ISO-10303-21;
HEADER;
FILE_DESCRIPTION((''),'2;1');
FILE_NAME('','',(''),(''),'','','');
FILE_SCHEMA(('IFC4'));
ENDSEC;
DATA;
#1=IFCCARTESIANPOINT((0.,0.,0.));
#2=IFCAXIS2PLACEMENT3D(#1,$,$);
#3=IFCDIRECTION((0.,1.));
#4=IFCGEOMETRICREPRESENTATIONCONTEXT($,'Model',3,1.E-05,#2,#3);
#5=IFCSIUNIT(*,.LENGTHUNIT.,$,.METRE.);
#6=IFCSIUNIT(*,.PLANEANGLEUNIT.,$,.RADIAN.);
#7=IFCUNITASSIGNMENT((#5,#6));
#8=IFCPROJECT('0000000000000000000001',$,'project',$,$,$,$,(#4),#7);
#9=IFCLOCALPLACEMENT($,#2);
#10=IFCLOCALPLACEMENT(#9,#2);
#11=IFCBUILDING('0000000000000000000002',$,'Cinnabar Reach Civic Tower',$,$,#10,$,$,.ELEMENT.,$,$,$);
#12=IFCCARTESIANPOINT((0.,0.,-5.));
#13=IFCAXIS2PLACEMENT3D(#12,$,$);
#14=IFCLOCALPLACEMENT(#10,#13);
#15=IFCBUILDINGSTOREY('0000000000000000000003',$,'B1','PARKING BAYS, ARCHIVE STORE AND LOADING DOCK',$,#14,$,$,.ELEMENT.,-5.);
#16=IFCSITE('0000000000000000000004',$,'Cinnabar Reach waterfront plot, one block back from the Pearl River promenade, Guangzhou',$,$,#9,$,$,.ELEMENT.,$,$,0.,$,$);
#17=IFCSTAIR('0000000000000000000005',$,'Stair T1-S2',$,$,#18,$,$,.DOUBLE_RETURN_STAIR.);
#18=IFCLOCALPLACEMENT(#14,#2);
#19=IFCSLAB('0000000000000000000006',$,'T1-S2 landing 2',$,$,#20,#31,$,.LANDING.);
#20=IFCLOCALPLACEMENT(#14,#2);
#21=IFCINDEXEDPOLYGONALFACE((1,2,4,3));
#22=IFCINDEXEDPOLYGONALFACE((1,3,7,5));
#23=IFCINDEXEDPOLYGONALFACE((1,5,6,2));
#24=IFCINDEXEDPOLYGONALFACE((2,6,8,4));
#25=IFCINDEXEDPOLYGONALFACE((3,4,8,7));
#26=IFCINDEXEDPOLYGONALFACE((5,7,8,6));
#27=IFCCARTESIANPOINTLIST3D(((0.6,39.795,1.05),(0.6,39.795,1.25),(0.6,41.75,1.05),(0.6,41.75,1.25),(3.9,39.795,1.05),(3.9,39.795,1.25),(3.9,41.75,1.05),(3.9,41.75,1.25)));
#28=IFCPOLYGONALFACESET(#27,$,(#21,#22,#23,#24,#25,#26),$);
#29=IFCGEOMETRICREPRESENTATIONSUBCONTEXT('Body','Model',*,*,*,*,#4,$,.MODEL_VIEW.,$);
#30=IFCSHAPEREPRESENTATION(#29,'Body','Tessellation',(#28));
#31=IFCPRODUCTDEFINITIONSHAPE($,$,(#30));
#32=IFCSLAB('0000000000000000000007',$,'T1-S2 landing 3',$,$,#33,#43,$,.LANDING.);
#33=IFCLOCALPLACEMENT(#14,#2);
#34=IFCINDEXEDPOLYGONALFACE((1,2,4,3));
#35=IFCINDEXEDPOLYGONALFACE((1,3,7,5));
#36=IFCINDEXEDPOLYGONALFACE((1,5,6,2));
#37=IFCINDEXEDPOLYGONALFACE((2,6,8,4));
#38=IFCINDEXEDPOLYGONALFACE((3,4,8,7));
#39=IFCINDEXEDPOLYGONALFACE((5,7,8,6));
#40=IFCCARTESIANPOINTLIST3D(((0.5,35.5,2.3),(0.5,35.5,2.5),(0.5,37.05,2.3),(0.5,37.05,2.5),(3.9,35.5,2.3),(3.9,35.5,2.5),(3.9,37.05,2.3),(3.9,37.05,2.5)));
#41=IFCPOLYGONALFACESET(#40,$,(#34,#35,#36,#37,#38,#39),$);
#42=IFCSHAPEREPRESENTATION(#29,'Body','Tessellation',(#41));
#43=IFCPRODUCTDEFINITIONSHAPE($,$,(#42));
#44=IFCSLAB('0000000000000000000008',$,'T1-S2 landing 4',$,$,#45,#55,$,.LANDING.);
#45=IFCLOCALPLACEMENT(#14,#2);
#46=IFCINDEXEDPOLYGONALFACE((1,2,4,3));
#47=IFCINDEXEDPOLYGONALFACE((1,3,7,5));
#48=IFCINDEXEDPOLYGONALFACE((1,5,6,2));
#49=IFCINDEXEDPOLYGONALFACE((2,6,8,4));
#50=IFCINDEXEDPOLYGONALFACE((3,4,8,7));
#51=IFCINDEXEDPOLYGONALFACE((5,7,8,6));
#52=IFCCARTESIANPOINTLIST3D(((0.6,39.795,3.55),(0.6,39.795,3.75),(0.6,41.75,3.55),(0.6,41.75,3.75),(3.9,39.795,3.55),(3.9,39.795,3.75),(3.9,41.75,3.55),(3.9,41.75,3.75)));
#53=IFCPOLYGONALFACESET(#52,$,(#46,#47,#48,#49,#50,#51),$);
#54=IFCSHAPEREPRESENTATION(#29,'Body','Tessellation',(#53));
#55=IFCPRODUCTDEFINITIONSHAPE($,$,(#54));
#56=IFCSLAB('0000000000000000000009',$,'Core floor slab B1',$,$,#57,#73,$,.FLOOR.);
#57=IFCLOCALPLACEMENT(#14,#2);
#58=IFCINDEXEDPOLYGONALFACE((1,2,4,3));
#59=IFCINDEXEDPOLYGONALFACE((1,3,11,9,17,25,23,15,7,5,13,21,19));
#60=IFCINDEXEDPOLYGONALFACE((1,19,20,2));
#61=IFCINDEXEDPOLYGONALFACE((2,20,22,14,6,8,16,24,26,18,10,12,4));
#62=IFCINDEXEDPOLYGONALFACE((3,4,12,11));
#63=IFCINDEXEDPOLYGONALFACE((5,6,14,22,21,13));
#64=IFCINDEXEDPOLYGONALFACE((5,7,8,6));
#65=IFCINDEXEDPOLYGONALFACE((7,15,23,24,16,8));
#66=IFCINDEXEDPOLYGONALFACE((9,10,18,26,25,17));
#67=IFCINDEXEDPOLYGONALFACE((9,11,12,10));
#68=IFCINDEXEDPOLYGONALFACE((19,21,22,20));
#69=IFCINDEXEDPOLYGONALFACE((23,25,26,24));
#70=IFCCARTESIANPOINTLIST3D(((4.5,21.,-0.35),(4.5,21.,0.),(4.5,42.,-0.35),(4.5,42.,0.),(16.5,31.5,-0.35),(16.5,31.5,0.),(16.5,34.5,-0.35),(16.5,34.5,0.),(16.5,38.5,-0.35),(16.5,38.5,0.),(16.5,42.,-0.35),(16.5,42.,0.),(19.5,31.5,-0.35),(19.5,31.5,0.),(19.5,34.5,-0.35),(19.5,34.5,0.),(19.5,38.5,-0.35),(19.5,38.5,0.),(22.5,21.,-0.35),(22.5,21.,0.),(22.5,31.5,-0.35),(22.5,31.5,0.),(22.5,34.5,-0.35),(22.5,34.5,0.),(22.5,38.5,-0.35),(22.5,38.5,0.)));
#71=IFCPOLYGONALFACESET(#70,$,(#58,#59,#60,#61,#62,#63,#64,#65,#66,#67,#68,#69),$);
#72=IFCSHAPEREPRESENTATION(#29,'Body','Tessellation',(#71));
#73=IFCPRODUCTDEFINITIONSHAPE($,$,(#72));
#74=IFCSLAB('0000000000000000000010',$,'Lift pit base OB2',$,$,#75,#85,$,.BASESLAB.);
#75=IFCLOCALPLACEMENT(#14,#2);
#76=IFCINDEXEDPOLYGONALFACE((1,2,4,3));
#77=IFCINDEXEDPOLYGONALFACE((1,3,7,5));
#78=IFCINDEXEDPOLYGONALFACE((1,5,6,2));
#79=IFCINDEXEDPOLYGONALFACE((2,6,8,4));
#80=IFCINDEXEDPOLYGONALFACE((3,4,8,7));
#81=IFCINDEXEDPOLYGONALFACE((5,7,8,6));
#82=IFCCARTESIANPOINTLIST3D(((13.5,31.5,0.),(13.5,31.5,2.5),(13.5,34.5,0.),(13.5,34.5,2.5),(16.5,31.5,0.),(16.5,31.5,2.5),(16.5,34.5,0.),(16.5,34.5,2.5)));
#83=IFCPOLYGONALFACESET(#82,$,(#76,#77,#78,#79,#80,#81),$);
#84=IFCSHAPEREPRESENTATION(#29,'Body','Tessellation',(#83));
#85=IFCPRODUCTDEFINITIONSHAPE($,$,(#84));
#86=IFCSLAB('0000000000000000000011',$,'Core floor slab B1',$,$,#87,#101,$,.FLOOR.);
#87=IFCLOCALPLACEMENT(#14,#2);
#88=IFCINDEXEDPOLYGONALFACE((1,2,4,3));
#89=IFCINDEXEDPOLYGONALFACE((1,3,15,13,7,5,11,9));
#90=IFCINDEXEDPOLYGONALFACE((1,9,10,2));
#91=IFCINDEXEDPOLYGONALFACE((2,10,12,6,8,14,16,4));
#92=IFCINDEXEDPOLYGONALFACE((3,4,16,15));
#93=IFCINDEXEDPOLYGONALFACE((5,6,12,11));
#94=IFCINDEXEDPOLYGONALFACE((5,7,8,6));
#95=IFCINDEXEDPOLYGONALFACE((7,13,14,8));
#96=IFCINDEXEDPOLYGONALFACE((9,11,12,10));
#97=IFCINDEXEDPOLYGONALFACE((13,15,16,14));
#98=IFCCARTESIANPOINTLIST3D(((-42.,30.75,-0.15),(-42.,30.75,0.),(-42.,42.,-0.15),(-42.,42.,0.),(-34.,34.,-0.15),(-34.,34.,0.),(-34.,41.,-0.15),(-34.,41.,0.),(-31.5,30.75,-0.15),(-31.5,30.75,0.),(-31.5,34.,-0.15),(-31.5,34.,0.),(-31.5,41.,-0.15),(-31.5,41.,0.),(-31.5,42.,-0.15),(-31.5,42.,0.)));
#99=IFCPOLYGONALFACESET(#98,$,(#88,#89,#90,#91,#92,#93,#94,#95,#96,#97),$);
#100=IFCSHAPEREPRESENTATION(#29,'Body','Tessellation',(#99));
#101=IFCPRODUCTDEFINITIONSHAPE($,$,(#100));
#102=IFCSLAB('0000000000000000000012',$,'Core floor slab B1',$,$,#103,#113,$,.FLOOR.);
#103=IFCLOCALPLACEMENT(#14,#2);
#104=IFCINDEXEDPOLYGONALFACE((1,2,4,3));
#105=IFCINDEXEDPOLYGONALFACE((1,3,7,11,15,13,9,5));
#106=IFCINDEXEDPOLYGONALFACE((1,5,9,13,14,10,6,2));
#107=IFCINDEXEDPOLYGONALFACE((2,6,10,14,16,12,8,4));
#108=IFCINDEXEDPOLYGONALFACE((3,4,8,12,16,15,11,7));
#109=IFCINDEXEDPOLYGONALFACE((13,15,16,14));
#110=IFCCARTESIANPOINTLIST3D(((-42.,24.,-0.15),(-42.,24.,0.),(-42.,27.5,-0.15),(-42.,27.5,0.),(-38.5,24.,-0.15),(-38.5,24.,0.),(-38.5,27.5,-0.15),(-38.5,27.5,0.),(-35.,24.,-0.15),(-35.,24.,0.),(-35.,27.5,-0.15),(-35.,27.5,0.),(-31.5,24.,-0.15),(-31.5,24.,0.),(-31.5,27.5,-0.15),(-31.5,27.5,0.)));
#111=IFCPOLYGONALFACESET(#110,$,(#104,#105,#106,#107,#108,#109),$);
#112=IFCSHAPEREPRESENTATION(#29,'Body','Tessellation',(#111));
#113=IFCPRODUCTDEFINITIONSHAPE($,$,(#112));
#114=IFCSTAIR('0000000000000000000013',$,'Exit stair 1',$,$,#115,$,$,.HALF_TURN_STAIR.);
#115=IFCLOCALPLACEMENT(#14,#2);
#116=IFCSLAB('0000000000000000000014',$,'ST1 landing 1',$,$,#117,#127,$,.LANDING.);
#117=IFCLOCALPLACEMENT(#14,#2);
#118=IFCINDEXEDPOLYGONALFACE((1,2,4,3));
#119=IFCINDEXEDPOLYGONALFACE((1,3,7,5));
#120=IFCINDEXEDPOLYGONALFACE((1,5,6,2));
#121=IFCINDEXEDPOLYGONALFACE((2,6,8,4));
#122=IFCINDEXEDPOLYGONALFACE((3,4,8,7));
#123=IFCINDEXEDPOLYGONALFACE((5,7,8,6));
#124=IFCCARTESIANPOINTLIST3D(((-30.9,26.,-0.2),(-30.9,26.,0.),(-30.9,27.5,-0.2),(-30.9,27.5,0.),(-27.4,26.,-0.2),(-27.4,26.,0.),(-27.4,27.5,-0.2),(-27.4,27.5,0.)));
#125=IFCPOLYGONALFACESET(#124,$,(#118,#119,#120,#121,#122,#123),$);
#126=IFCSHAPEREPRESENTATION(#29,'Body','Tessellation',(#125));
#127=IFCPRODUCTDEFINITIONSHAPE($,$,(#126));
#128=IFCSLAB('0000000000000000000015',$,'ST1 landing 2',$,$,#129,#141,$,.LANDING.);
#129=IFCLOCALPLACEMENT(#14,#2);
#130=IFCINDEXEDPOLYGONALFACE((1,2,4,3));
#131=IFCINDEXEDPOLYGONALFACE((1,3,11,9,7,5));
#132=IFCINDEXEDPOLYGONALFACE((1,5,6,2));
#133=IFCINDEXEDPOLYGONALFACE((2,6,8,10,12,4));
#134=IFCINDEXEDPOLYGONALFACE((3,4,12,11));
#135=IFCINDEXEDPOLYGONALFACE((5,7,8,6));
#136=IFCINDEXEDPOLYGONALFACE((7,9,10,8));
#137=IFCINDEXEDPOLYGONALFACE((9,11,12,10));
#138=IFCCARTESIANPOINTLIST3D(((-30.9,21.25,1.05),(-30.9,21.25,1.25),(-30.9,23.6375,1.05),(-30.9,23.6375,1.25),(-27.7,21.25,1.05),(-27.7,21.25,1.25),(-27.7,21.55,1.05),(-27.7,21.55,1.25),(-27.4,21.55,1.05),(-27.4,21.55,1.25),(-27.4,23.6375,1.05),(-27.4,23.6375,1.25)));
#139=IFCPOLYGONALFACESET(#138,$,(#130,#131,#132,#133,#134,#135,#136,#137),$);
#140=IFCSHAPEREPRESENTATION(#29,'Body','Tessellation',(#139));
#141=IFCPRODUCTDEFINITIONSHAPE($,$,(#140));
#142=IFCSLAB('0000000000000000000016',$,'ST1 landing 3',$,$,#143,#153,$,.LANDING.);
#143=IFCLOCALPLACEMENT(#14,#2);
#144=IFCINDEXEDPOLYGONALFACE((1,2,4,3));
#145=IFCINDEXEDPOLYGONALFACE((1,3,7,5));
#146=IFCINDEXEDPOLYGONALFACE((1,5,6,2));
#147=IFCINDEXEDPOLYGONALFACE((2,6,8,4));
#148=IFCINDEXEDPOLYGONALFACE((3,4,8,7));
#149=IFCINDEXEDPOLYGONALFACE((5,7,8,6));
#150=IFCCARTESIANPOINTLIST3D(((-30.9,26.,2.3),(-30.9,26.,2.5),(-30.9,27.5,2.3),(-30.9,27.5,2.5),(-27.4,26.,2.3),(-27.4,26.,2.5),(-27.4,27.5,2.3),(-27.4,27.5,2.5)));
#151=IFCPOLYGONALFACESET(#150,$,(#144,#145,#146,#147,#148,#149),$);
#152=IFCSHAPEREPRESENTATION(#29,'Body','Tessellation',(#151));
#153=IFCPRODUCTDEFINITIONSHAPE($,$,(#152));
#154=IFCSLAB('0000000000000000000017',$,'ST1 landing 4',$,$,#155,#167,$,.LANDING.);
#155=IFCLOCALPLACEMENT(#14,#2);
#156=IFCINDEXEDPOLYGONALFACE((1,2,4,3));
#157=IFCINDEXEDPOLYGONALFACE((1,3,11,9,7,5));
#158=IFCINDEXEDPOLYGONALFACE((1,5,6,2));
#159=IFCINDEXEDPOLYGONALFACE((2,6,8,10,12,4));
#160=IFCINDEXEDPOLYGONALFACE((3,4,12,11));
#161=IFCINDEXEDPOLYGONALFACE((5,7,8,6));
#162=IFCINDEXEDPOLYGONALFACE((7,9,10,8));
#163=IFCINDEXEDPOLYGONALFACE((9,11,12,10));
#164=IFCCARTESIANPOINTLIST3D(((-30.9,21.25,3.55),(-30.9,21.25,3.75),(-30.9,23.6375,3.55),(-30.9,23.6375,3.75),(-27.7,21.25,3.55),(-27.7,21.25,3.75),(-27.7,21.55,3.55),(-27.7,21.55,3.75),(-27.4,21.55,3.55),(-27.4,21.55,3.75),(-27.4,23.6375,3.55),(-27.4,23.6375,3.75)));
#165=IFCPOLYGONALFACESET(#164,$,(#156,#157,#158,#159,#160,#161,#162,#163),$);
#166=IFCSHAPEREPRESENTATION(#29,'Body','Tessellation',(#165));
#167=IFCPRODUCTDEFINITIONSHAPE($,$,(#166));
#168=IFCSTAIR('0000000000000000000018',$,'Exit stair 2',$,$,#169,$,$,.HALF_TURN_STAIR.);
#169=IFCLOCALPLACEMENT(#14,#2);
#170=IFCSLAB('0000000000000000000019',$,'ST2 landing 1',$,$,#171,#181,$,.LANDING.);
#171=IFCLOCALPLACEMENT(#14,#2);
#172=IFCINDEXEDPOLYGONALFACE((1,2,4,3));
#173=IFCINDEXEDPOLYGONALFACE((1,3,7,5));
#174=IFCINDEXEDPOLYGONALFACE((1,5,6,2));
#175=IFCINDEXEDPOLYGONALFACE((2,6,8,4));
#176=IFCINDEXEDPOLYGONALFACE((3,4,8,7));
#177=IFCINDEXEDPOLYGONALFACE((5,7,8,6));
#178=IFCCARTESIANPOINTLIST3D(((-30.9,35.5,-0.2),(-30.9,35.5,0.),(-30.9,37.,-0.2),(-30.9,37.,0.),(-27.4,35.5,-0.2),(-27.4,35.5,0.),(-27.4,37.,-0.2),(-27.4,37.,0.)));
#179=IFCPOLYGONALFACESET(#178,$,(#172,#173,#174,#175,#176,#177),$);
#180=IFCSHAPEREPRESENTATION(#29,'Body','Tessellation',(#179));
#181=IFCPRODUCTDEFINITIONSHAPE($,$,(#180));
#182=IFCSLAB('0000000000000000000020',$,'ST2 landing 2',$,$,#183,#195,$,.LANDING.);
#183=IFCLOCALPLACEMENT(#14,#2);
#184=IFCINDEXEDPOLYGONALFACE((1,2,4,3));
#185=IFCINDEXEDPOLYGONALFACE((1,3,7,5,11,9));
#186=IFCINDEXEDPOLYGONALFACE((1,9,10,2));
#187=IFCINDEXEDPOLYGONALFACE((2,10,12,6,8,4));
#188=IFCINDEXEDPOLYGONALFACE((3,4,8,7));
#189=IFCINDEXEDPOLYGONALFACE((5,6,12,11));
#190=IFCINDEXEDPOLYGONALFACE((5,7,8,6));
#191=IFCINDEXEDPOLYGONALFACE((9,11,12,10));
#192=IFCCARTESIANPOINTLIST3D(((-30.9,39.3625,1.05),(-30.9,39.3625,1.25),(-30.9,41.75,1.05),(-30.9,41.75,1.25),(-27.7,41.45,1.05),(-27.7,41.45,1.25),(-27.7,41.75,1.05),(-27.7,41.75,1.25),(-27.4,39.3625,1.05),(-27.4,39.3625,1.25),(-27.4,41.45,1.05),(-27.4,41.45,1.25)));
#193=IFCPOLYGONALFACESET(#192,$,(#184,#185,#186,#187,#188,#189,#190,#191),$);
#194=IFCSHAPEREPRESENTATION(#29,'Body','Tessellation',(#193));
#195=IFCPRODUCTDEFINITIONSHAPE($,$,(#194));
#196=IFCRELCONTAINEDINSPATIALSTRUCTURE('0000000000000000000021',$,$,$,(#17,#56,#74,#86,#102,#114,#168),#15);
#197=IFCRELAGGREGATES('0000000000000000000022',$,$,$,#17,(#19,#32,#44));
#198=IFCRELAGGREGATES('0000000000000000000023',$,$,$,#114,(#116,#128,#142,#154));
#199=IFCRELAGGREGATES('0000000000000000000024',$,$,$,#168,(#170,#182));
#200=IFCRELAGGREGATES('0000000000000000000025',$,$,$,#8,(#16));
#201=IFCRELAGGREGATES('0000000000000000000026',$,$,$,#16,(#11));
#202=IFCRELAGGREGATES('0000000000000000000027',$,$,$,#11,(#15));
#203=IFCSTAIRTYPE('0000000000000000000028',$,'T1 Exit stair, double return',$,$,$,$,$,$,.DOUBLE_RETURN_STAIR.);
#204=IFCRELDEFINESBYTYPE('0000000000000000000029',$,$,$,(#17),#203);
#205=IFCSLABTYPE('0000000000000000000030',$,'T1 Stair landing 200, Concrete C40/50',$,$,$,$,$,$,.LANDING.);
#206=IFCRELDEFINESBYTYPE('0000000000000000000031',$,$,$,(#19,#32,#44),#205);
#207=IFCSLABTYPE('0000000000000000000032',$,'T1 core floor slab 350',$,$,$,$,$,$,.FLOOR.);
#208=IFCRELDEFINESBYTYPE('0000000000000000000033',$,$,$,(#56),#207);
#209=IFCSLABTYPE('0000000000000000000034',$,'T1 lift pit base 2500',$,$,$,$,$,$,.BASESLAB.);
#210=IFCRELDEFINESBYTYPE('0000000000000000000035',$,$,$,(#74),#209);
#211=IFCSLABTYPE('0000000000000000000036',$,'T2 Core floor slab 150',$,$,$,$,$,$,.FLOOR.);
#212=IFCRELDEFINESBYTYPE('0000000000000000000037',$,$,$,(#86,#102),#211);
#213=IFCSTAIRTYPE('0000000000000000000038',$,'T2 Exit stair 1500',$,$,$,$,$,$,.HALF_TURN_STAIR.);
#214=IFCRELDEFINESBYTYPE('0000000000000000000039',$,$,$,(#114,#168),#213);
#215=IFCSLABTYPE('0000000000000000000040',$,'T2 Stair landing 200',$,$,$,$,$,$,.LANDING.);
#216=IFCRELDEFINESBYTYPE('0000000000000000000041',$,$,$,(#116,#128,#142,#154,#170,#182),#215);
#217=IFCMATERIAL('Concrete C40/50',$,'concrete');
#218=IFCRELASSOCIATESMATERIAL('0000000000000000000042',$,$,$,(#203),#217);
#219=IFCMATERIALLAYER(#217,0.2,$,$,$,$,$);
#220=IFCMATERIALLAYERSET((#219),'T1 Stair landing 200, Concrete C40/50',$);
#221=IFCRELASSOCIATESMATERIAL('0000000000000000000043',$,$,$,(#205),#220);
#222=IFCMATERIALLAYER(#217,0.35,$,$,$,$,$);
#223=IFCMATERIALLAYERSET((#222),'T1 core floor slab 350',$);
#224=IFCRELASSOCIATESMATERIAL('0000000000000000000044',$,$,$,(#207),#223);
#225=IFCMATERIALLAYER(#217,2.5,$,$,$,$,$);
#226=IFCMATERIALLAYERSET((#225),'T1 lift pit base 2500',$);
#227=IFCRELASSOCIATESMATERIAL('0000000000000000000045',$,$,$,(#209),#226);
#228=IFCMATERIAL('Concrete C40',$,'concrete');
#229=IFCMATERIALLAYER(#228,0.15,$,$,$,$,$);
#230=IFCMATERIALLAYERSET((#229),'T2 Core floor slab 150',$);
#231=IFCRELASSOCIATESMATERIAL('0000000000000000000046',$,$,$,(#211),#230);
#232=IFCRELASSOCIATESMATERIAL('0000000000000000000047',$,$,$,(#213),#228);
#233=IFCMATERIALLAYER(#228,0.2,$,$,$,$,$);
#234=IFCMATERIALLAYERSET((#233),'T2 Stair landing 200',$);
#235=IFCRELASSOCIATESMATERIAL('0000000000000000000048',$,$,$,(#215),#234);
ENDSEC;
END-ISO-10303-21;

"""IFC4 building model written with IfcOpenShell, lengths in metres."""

from ifc_helpers import new_model, si_unit, direction, frame, origin, place, context, subcontext, project, spatial, polyline, outline, extrude, material, layer, layer_set, type_object, element, aggregate, save


model = new_model("IFC4")

# Units and contexts
model_context = context("Model", 3, precision=1e-05, world=origin(), true_north=direction((0.0, 1.0)))
body_context = subcontext(model_context, "Body", "Model", "MODEL_VIEW")
ifc_project = project(units=[si_unit("LENGTHUNIT", "METRE"), si_unit("PLANEANGLEUNIT", "RADIAN")], contexts=[model_context])

# Site, building, storey
site_placement = place(None, origin())
site = spatial("IfcSite", under=ifc_project, at=site_placement, Name="Cinnabar Reach waterfront plot, one block back from the Pearl River promenade, Guangzhou", CompositionType="ELEMENT", RefElevation=0.0)
building_placement = place(site_placement, origin())
building = spatial("IfcBuilding", under=site, at=building_placement, Name="Cinnabar Reach Civic Tower", CompositionType="ELEMENT")
storey_placement = place(building_placement, frame((0.0, 0.0, -5.0)))
storey = spatial("IfcBuildingStorey", under=building, at=storey_placement, Name="B1", Description="PARKING BAYS, ARCHIVE STORE AND LOADING DOCK", CompositionType="ELEMENT", Elevation=-5.0)

# Shared definitions
ifc_material_1 = material(Name="Concrete C40/50", Category="concrete")

# Stair, slabs
stair_type_1 = type_object("IfcStairType", Name="T1 Exit stair, double return", PredefinedType="DOUBLE_RETURN_STAIR", material=ifc_material_1)
ifc_layer_1 = layer(ifc_material_1, 0.2)
ifc_layer_set_1 = layer_set([ifc_layer_1], Name="T1 Stair landing 200, Concrete C40/50")
slab_type_1 = type_object("IfcSlabType", Name="T1 Stair landing 200, Concrete C40/50", PredefinedType="LANDING", material=ifc_layer_set_1)
stair_1_placement = place(storey_placement, origin())
stair_1 = element("IfcStair", 1, at=stair_1_placement, inside=storey, type_object=stair_type_1, Name="Stair T1-S2", PredefinedType="DOUBLE_RETURN_STAIR")
slab_1_placement = place(storey_placement, frame((0.0, 0.0, 1.05)))
slab_1 = element("IfcSlab", 2, at=slab_1_placement, type_object=slab_type_1, Name="T1-S2 landing 2", PredefinedType="LANDING", context=body_context, shape_type="SweptSolid", body=[
    extrude(outline(polyline([(3.9, 39.795), (3.9, 41.75), (0.6, 41.75), (0.6, 39.795), (3.9, 39.795)])), origin(), (0.0, 0.0, 1.0), 0.2),
])
slab_2_placement = place(storey_placement, frame((0.0, 0.0, 2.3)))
slab_2 = element("IfcSlab", 3, at=slab_2_placement, type_object=slab_type_1, Name="T1-S2 landing 3", PredefinedType="LANDING", context=body_context, shape_type="SweptSolid", body=[
    extrude(outline(polyline([(3.9, 35.5), (3.9, 37.05), (0.5, 37.05), (0.5, 35.5), (3.9, 35.5)])), origin(), (0.0, 0.0, 1.0), 0.2),
])
slab_3_placement = place(storey_placement, frame((0.0, 0.0, 3.55)))
slab_3 = element("IfcSlab", 4, at=slab_3_placement, type_object=slab_type_1, Name="T1-S2 landing 4", PredefinedType="LANDING", context=body_context, shape_type="SweptSolid", body=[
    extrude(outline(polyline([(3.9, 39.795), (3.9, 41.75), (0.6, 41.75), (0.6, 39.795), (3.9, 39.795)])), origin(), (0.0, 0.0, 1.0), 0.2),
])
aggregate(stair_1, [slab_1, slab_2, slab_3])

# Slabs
ifc_layer_2 = layer(ifc_material_1, 0.35)
ifc_layer_set_2 = layer_set([ifc_layer_2], Name="T1 core floor slab 350")
slab_type_2 = type_object("IfcSlabType", Name="T1 core floor slab 350", PredefinedType="FLOOR", material=ifc_layer_set_2)
slab_4_placement = place(storey_placement, frame((0.0, 0.0, -0.35)))
element("IfcSlab", 5, at=slab_4_placement, inside=storey, type_object=slab_type_2, Name="Core floor slab B1", PredefinedType="FLOOR", context=body_context, shape_type="SweptSolid", body=[
    extrude(outline(polyline([(22.5, 21.0), (4.5, 21.0), (4.5, 42.0), (16.5, 42.0), (16.5, 38.5), (19.5, 38.5), (22.5, 38.5), (22.5, 34.5), (19.5, 34.5), (16.5, 34.5), (16.5, 31.5), (19.5, 31.5), (22.5, 31.5), (22.5, 21.0)])), origin(), (0.0, 0.0, 1.0), 0.35),
])
ifc_layer_3 = layer(ifc_material_1, 2.5)
ifc_layer_set_3 = layer_set([ifc_layer_3], Name="T1 lift pit base 2500")
slab_type_3 = type_object("IfcSlabType", Name="T1 lift pit base 2500", PredefinedType="BASESLAB", material=ifc_layer_set_3)
slab_5_placement = place(storey_placement, origin())
element("IfcSlab", 6, at=slab_5_placement, inside=storey, type_object=slab_type_3, Name="Lift pit base OB2", PredefinedType="BASESLAB", context=body_context, shape_type="SweptSolid", body=[
    extrude(outline(polyline([(13.5, 31.5), (13.5, 34.5), (16.5, 34.5), (16.5, 31.5), (13.5, 31.5)])), origin(), (0.0, 0.0, 1.0), 2.5),
])
ifc_material_2 = material(Name="Concrete C40", Category="concrete")
ifc_layer_4 = layer(ifc_material_2, 0.15)
ifc_layer_set_4 = layer_set([ifc_layer_4], Name="T2 Core floor slab 150")
slab_type_4 = type_object("IfcSlabType", Name="T2 Core floor slab 150", PredefinedType="FLOOR", material=ifc_layer_set_4)
slab_6_placement = place(storey_placement, frame((0.0, 0.0, -0.15)))
element("IfcSlab", 7, at=slab_6_placement, inside=storey, type_object=slab_type_4, Name="Core floor slab B1", PredefinedType="FLOOR", context=body_context, shape_type="SweptSolid", body=[
    extrude(outline(polyline([(-42.0, 42.0), (-31.5, 42.0), (-31.5, 41.0), (-34.0, 41.0), (-34.0, 34.0), (-31.5, 34.0), (-31.5, 30.75), (-42.0, 30.75), (-42.0, 42.0)])), origin(), (0.0, 0.0, 1.0), 0.15),
])
slab_7_placement = place(storey_placement, frame((0.0, 0.0, -0.15)))
element("IfcSlab", 8, at=slab_7_placement, inside=storey, type_object=slab_type_4, Name="Core floor slab B1", PredefinedType="FLOOR", context=body_context, shape_type="SweptSolid", body=[
    extrude(outline(polyline([(-35.0, 24.0), (-38.5, 24.0), (-42.0, 24.0), (-42.0, 27.5), (-38.5, 27.5), (-35.0, 27.5), (-31.5, 27.5), (-31.5, 24.0), (-35.0, 24.0)])), origin(), (0.0, 0.0, 1.0), 0.15),
])

# Stairs, slabs
stair_type_2 = type_object("IfcStairType", Name="T2 Exit stair 1500", PredefinedType="HALF_TURN_STAIR", material=ifc_material_2)
stair_2_placement = place(storey_placement, origin())
stair_2 = element("IfcStair", 9, at=stair_2_placement, inside=storey, type_object=stair_type_2, Name="Exit stair 1", PredefinedType="HALF_TURN_STAIR")
ifc_layer_5 = layer(ifc_material_2, 0.2)
ifc_layer_set_5 = layer_set([ifc_layer_5], Name="T2 Stair landing 200")
slab_type_5 = type_object("IfcSlabType", Name="T2 Stair landing 200", PredefinedType="LANDING", material=ifc_layer_set_5)
slab_8_placement = place(storey_placement, frame((0.0, 0.0, -0.2)))
slab_8 = element("IfcSlab", 10, at=slab_8_placement, type_object=slab_type_5, Name="ST1 landing 1", PredefinedType="LANDING", context=body_context, shape_type="SweptSolid", body=[
    extrude(outline(polyline([(-30.9, 26.0), (-30.9, 27.5), (-27.4, 27.5), (-27.4, 26.0), (-30.9, 26.0)])), origin(), (0.0, 0.0, 1.0), 0.2),
])
slab_9_placement = place(storey_placement, frame((0.0, 0.0, 1.05)))
slab_9 = element("IfcSlab", 11, at=slab_9_placement, type_object=slab_type_5, Name="ST1 landing 2", PredefinedType="LANDING", context=body_context, shape_type="SweptSolid", body=[
    extrude(outline(polyline([(-30.9, 21.25), (-30.9, 23.6375), (-27.4, 23.6375), (-27.4, 21.55), (-27.7, 21.55), (-27.7, 21.25), (-30.9, 21.25)])), origin(), (0.0, 0.0, 1.0), 0.2),
])
slab_10_placement = place(storey_placement, frame((0.0, 0.0, 2.3)))
slab_10 = element("IfcSlab", 12, at=slab_10_placement, type_object=slab_type_5, Name="ST1 landing 3", PredefinedType="LANDING", context=body_context, shape_type="SweptSolid", body=[
    extrude(outline(polyline([(-30.9, 26.0), (-30.9, 27.5), (-27.4, 27.5), (-27.4, 26.0), (-30.9, 26.0)])), origin(), (0.0, 0.0, 1.0), 0.2),
])
slab_11_placement = place(storey_placement, frame((0.0, 0.0, 3.55)))
slab_11 = element("IfcSlab", 13, at=slab_11_placement, type_object=slab_type_5, Name="ST1 landing 4", PredefinedType="LANDING", context=body_context, shape_type="SweptSolid", body=[
    extrude(outline(polyline([(-30.9, 21.25), (-30.9, 23.6375), (-27.4, 23.6375), (-27.4, 21.55), (-27.7, 21.55), (-27.7, 21.25), (-30.9, 21.25)])), origin(), (0.0, 0.0, 1.0), 0.2),
])
aggregate(stair_2, [slab_8, slab_9, slab_10, slab_11])
stair_3_placement = place(storey_placement, origin())
stair_3 = element("IfcStair", 14, at=stair_3_placement, inside=storey, type_object=stair_type_2, Name="Exit stair 2", PredefinedType="HALF_TURN_STAIR")
slab_12_placement = place(storey_placement, frame((0.0, 0.0, -0.2)))
slab_12 = element("IfcSlab", 15, at=slab_12_placement, type_object=slab_type_5, Name="ST2 landing 1", PredefinedType="LANDING", context=body_context, shape_type="SweptSolid", body=[
    extrude(outline(polyline([(-30.9, 35.5), (-30.9, 37.0), (-27.4, 37.0), (-27.4, 35.5), (-30.9, 35.5)])), origin(), (0.0, 0.0, 1.0), 0.2),
])
slab_13_placement = place(storey_placement, frame((0.0, 0.0, 1.05)))
slab_13 = element("IfcSlab", 16, at=slab_13_placement, type_object=slab_type_5, Name="ST2 landing 2", PredefinedType="LANDING", context=body_context, shape_type="SweptSolid", body=[
    extrude(outline(polyline([(-27.4, 39.3625), (-30.9, 39.3625), (-30.9, 41.75), (-27.7, 41.75), (-27.7, 41.45), (-27.4, 41.45), (-27.4, 39.3625)])), origin(), (0.0, 0.0, 1.0), 0.2),
])
aggregate(stair_3, [slab_12, slab_13])

save(model, "model.ifc")
